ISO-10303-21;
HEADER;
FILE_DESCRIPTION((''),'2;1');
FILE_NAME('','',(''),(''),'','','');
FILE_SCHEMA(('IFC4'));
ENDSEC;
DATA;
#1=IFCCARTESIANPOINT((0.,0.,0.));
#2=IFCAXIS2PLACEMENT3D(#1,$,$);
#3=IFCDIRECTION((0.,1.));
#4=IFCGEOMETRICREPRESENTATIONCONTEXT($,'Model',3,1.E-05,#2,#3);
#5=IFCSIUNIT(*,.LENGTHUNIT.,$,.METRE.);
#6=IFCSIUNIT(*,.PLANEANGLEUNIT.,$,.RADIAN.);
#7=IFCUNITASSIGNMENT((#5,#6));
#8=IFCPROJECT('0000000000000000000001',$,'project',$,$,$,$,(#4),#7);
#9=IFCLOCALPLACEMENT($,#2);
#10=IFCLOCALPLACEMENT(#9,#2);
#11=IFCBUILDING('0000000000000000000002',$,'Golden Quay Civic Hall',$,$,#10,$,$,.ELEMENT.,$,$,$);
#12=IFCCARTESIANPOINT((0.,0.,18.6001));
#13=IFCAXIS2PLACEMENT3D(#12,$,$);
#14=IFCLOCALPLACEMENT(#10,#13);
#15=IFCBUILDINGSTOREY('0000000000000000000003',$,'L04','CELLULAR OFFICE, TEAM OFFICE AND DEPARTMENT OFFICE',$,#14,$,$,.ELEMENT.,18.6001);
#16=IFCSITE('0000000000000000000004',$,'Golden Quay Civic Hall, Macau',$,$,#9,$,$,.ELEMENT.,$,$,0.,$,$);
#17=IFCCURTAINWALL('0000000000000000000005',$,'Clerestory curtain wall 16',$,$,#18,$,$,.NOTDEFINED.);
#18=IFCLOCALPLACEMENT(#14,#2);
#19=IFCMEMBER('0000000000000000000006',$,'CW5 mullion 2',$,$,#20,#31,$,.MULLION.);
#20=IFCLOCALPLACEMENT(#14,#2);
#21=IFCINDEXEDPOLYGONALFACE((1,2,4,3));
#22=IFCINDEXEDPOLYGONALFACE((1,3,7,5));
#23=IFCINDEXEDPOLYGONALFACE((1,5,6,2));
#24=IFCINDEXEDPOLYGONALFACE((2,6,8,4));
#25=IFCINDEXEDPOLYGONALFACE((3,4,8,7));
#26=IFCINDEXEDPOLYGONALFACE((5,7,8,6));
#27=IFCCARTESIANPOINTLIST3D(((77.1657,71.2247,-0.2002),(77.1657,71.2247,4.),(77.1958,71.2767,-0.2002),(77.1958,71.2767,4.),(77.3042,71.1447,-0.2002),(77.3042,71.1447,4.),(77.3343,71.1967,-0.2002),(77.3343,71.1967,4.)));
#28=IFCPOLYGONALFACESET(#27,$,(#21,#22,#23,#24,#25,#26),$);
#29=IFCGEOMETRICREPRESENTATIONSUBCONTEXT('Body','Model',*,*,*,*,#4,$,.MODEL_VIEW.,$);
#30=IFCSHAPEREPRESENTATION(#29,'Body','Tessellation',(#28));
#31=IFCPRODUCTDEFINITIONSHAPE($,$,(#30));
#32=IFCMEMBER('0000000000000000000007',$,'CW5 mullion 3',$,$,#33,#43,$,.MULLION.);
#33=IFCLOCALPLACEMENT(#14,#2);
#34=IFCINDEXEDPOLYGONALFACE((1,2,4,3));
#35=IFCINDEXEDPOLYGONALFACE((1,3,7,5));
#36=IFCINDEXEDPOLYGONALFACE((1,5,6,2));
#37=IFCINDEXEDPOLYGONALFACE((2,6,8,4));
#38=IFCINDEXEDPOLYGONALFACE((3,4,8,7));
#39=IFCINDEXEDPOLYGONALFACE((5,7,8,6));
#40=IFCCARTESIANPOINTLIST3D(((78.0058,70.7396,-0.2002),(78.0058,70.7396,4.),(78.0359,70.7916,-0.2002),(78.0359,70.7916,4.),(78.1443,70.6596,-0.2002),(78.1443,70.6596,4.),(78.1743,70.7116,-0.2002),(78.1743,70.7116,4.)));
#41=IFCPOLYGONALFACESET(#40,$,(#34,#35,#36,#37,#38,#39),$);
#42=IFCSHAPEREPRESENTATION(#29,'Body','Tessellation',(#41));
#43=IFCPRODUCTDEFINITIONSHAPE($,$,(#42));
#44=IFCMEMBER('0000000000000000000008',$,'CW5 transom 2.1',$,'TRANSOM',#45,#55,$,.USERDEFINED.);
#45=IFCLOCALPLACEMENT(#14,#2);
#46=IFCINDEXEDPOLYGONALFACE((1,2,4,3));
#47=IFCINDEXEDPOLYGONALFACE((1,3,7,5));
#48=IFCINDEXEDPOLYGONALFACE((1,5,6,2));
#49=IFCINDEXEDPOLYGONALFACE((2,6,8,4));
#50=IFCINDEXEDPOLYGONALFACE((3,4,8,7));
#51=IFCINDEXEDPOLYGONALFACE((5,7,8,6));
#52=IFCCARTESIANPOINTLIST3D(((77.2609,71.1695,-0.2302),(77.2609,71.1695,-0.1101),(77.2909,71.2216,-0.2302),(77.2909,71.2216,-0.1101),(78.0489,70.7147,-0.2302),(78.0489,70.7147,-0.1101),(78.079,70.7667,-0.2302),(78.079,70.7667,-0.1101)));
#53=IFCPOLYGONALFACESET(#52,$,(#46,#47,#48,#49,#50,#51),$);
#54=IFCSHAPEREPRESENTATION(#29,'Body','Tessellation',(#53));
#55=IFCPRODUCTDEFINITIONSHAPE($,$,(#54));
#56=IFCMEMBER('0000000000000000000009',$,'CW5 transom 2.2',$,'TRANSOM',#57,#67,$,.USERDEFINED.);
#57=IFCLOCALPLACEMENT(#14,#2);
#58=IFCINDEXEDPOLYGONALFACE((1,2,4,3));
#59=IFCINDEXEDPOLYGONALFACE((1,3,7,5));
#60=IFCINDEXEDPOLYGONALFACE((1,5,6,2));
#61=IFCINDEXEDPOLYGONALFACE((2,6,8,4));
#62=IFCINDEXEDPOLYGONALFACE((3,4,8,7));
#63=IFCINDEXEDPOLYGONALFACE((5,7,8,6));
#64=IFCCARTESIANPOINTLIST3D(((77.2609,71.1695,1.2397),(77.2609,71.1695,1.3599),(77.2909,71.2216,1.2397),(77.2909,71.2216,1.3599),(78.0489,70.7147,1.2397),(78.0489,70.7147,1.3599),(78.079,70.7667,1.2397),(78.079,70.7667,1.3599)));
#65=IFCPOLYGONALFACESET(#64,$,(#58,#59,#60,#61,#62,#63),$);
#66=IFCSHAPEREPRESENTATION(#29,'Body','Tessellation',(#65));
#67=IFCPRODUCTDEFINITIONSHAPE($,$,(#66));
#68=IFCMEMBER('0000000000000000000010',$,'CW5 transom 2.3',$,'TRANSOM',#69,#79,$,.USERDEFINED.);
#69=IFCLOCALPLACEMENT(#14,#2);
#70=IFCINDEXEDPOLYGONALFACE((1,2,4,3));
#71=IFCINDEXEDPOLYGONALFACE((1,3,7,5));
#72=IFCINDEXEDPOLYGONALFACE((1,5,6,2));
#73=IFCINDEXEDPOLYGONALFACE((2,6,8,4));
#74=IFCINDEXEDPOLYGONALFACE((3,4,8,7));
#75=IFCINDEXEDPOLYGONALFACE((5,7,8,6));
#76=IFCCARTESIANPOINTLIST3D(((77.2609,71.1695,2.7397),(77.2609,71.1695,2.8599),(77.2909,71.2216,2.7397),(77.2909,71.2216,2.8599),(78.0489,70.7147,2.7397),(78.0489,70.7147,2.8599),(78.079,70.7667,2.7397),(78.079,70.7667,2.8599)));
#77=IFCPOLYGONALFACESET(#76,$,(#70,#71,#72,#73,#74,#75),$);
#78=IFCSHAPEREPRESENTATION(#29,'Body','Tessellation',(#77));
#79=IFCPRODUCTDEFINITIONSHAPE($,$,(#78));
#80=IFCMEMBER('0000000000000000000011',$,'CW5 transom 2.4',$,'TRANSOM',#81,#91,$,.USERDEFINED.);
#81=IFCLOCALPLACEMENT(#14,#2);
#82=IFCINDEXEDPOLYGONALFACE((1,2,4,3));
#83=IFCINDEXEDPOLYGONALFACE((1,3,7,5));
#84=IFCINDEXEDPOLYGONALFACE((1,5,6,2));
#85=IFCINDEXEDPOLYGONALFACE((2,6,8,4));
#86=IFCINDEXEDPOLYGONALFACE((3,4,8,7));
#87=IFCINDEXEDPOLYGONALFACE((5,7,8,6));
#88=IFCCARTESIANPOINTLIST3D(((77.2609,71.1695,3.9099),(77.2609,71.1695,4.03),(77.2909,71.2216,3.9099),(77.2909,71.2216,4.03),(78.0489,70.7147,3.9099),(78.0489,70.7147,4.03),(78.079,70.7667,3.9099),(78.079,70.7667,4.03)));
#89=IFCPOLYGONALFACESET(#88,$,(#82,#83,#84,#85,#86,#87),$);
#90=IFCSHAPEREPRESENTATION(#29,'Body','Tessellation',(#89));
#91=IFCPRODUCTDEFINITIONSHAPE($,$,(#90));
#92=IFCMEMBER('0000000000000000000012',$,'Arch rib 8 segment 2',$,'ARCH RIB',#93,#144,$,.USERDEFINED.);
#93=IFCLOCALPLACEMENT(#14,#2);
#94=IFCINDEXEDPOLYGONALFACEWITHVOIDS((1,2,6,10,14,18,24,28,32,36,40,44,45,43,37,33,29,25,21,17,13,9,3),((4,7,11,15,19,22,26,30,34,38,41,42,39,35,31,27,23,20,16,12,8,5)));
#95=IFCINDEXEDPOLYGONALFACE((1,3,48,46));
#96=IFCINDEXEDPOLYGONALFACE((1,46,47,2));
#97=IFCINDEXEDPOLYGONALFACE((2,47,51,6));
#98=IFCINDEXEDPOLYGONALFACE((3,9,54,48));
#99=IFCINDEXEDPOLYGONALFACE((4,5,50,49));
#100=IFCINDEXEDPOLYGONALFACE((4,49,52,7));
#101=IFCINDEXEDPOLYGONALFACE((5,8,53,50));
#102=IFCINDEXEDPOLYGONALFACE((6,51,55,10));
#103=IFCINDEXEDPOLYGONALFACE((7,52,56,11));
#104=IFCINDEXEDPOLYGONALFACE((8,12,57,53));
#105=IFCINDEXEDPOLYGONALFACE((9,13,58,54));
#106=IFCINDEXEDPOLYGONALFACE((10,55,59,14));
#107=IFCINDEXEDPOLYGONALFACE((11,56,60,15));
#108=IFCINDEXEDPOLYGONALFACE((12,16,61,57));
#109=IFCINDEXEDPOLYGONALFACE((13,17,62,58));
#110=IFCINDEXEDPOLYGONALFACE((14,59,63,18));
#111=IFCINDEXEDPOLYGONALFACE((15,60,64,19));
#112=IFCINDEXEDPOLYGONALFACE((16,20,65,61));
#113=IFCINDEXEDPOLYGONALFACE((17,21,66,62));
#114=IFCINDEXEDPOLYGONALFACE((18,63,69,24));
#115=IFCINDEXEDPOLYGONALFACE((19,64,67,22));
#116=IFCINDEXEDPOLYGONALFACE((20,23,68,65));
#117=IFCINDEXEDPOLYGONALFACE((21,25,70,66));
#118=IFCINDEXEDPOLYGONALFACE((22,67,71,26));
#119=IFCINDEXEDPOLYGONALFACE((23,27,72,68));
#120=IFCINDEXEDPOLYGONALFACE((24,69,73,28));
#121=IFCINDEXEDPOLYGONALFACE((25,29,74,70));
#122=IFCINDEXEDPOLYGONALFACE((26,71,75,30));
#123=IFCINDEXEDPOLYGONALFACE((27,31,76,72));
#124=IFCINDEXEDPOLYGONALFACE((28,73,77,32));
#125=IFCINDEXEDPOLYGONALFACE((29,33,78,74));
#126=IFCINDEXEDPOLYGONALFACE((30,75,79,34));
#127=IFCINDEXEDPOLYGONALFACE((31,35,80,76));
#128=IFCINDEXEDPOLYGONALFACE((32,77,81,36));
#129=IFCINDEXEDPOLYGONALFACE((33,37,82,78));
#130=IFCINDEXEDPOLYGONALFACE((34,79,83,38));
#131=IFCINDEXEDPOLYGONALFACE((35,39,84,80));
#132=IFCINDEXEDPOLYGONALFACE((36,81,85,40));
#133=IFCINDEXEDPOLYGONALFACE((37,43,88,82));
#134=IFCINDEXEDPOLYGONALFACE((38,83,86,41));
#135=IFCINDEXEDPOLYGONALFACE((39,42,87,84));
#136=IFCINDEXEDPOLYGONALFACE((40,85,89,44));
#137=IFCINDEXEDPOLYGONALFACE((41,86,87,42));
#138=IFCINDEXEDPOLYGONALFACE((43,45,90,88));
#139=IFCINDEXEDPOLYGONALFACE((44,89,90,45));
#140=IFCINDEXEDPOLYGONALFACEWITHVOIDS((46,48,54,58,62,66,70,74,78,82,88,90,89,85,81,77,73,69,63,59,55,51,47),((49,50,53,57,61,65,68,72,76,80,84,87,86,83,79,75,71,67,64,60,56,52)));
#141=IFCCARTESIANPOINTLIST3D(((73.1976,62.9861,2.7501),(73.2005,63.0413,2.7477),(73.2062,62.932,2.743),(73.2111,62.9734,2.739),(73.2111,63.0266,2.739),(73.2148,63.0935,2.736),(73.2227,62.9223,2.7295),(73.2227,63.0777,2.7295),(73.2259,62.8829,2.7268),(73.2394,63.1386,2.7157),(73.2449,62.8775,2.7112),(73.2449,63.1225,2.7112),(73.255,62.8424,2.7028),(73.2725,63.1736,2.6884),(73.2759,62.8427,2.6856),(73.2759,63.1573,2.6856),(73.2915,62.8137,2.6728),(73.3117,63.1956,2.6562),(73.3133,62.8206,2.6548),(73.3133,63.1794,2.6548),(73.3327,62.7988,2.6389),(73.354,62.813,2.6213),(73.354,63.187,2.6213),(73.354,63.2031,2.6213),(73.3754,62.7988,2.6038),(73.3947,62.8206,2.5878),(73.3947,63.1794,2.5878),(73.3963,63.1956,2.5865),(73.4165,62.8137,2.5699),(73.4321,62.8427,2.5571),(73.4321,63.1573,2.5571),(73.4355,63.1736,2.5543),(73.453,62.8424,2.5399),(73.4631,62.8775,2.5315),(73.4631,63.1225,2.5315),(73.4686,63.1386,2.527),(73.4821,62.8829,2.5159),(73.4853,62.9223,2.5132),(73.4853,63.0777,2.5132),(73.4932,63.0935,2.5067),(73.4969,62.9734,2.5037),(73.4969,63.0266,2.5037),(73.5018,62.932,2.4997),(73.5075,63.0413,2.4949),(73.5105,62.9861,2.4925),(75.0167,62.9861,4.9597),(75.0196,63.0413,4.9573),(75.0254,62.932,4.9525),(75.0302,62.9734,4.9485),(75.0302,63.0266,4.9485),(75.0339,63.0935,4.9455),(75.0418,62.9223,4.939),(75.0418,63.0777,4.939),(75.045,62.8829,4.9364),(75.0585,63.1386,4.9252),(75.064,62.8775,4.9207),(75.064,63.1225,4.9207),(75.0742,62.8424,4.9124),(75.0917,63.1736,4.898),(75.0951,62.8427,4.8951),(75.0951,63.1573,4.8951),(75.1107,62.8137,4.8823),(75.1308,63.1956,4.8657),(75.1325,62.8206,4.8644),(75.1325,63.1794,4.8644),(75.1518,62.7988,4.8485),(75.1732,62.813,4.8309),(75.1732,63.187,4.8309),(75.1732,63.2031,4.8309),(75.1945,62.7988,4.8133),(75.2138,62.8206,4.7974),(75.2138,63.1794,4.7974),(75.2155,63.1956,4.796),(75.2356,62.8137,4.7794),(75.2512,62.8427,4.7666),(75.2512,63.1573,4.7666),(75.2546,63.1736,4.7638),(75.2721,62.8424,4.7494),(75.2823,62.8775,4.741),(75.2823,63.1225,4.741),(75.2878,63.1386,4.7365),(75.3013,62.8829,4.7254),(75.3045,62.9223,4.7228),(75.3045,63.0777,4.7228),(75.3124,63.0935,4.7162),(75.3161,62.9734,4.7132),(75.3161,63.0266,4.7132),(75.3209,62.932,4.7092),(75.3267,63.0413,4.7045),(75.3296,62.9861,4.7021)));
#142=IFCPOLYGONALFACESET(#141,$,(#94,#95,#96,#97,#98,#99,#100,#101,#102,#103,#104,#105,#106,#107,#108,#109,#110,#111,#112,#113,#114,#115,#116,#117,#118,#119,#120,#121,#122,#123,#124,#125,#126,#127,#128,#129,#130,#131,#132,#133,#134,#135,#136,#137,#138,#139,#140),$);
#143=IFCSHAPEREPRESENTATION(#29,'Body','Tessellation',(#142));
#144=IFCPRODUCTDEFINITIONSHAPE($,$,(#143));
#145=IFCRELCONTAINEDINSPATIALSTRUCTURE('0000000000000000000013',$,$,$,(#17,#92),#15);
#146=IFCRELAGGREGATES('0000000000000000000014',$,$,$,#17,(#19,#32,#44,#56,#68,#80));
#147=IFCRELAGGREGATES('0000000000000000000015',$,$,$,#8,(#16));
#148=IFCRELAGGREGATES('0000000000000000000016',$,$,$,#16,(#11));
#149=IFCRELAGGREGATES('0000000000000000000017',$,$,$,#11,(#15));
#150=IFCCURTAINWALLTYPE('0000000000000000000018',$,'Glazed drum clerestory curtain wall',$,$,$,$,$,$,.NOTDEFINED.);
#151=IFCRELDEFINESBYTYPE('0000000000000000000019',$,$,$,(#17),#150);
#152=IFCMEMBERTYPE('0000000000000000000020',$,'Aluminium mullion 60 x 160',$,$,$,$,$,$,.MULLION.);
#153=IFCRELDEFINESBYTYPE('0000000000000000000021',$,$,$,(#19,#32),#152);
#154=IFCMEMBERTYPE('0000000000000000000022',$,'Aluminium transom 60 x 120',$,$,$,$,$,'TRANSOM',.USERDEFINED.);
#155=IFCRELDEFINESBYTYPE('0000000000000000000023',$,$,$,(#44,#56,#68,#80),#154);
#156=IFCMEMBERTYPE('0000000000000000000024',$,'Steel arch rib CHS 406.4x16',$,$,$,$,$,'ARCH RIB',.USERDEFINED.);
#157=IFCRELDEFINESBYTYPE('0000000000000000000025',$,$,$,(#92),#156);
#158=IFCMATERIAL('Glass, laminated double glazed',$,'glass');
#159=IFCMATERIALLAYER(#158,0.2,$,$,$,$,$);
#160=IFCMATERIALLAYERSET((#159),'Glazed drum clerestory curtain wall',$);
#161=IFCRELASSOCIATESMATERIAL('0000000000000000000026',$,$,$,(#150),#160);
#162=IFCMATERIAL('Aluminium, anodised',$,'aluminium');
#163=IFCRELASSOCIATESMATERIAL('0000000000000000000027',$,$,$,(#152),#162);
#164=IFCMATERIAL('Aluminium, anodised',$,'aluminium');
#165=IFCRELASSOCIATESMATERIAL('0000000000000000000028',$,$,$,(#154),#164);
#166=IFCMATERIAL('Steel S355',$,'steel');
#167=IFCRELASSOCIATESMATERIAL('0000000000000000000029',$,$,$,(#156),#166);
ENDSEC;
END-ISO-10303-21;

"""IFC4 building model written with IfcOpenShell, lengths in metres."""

from ifc_helpers import new_model, si_unit, direction, frame, origin, origin_2d, place, context, subcontext, project, spatial, rectangle, hollow_circle, extrude, material, layer, layer_set, material_profile, profile_set, type_object, element, aggregate, save


model = new_model("IFC4")

# Units and contexts
model_context = context("Model", 3, precision=1e-05, world=origin(), true_north=direction((0.0, 1.0)))
body_context = subcontext(model_context, "Body", "Model", "MODEL_VIEW")
ifc_project = project(units=[si_unit("LENGTHUNIT", "METRE"), si_unit("PLANEANGLEUNIT", "RADIAN")], contexts=[model_context])

# Site, building, storey
site_placement = place(None, origin())
site = spatial("IfcSite", under=ifc_project, at=site_placement, Name="Golden Quay Civic Hall, Macau", CompositionType="ELEMENT", RefElevation=0.0)
building_placement = place(site_placement, origin())
building = spatial("IfcBuilding", under=site, at=building_placement, Name="Golden Quay Civic Hall", CompositionType="ELEMENT")
storey_placement = place(building_placement, frame((0.0, 0.0, 18.6001)))
storey = spatial("IfcBuildingStorey", under=building, at=storey_placement, Name="L04", Description="CELLULAR OFFICE, TEAM OFFICE AND DEPARTMENT OFFICE", CompositionType="ELEMENT", Elevation=18.6001)

# Curtain wall, members
ifc_material_1 = material(Name="Glass, laminated double glazed", Category="glass")
ifc_layer_1 = layer(ifc_material_1, 0.2)
ifc_layer_set_1 = layer_set([ifc_layer_1], Name="Glazed drum clerestory curtain wall")
curtain_wall_type_1 = type_object("IfcCurtainWallType", Name="Glazed drum clerestory curtain wall", PredefinedType="NOTDEFINED", material=ifc_layer_set_1)
curtain_wall_1_placement = place(storey_placement, origin())
curtain_wall_1 = element("IfcCurtainWall", 1, at=curtain_wall_1_placement, inside=storey, type_object=curtain_wall_type_1, Name="Clerestory curtain wall 16", PredefinedType="NOTDEFINED")
ifc_material_2 = material(Name="Aluminium, anodised", Category="aluminium")
ifc_material_profile_1 = material_profile(ifc_material_2, rectangle(XDim=0.0601, YDim=0.1599, at=origin_2d()), Name="Aluminium 60 x 160")
ifc_profile_set_1 = profile_set([ifc_material_profile_1], Name="Aluminium, anodised")
member_type_1 = type_object("IfcMemberType", Name="Aluminium mullion 60 x 160", PredefinedType="MULLION", material=ifc_profile_set_1)
member_1_placement = place(storey_placement, frame((77.25, 71.2107, -0.2002), z_axis=(0.0, 0.0, 1.0), x_axis=(0.500011, 0.866019, 0.0)))
member_1 = element("IfcMember", 2, at=member_1_placement, type_object=member_type_1, Name="CW5 mullion 2", PredefinedType="MULLION", context=body_context, shape_type="SweptSolid", body=[
    extrude(rectangle(XDim=0.0601, YDim=0.1599, at=origin_2d()), origin(), (0.0, 0.0, 1.0), 4.2002),
])
member_2_placement = place(storey_placement, frame((78.0901, 70.7256, -0.2002), z_axis=(0.0, 0.0, 1.0), x_axis=(0.500011, 0.866019, 0.0)))
member_2 = element("IfcMember", 3, at=member_2_placement, type_object=member_type_1, Name="CW5 mullion 3", PredefinedType="MULLION", context=body_context, shape_type="SweptSolid", body=[
    extrude(rectangle(XDim=0.0601, YDim=0.1599, at=origin_2d()), origin(), (0.0, 0.0, 1.0), 4.2002),
])
ifc_material_3 = material(Name="Aluminium, anodised", Category="aluminium")
ifc_material_profile_2 = material_profile(ifc_material_3, rectangle(XDim=0.0601, YDim=0.1201, at=origin_2d()), Name="Aluminium 60 x 120")
ifc_profile_set_2 = profile_set([ifc_material_profile_2], Name="Aluminium, anodised")
member_type_2 = type_object("IfcMemberType", Name="Aluminium transom 60 x 120", ElementType="TRANSOM", PredefinedType="USERDEFINED", material=ifc_profile_set_2)
member_3_placement = place(storey_placement, frame((77.2759, 71.1956, -0.1702), z_axis=(0.866105, -0.499862, 0.0), x_axis=(0.499862, 0.866105, 0.0)))
member_3 = element("IfcMember", 4, at=member_3_placement, type_object=member_type_2, Name="CW5 transom 2.1", ObjectType="TRANSOM", PredefinedType="USERDEFINED", context=body_context, shape_type="SweptSolid", body=[
    extrude(rectangle(XDim=0.0601, YDim=0.1201, at=origin_2d()), origin(), (0.0, 0.0, 1.0), 0.9099),
])
member_4_placement = place(storey_placement, frame((77.2759, 71.1956, 1.2998), z_axis=(0.866105, -0.499862, 0.0), x_axis=(0.499862, 0.866105, 0.0)))
member_4 = element("IfcMember", 5, at=member_4_placement, type_object=member_type_2, Name="CW5 transom 2.2", ObjectType="TRANSOM", PredefinedType="USERDEFINED", context=body_context, shape_type="SweptSolid", body=[
    extrude(rectangle(XDim=0.0601, YDim=0.1201, at=origin_2d()), origin(), (0.0, 0.0, 1.0), 0.9099),
])
member_5_placement = place(storey_placement, frame((77.2759, 71.1956, 2.7998), z_axis=(0.866105, -0.499862, 0.0), x_axis=(0.499862, 0.866105, 0.0)))
member_5 = element("IfcMember", 6, at=member_5_placement, type_object=member_type_2, Name="CW5 transom 2.3", ObjectType="TRANSOM", PredefinedType="USERDEFINED", context=body_context, shape_type="SweptSolid", body=[
    extrude(rectangle(XDim=0.0601, YDim=0.1201, at=origin_2d()), origin(), (0.0, 0.0, 1.0), 0.9099),
])
member_6_placement = place(storey_placement, frame((77.2759, 71.1956, 3.97), z_axis=(0.866105, -0.499862, 0.0), x_axis=(0.499862, 0.866105, 0.0)))
member_6 = element("IfcMember", 7, at=member_6_placement, type_object=member_type_2, Name="CW5 transom 2.4", ObjectType="TRANSOM", PredefinedType="USERDEFINED", context=body_context, shape_type="SweptSolid", body=[
    extrude(rectangle(XDim=0.0601, YDim=0.1201, at=origin_2d()), origin(), (0.0, 0.0, 1.0), 0.9099),
])

# Member
ifc_material_4 = material(Name="Steel S355", Category="steel")
ifc_material_profile_3 = material_profile(ifc_material_4, hollow_circle(Radius=0.2031, WallThickness=0.0161, at=origin_2d()), Name="CHS 406.4x16")
ifc_profile_set_3 = profile_set([ifc_material_profile_3], Name="Steel S355")
member_type_3 = type_object("IfcMemberType", Name="Steel arch rib CHS 406.4x16", ElementType="ARCH RIB", PredefinedType="USERDEFINED", material=ifc_profile_set_3)
member_7_placement = place(storey_placement, frame((73.354, 63.0, 2.6213), z_axis=(0.635609, 0.0, 0.772011), x_axis=(0.0, 1.0, 0.0)))
element("IfcMember", 8, at=member_7_placement, inside=storey, type_object=member_type_3, Name="Arch rib 8 segment 2", ObjectType="ARCH RIB", PredefinedType="USERDEFINED", context=body_context, shape_type="SweptSolid", body=[
    extrude(hollow_circle(Radius=0.2031, WallThickness=0.0161, at=origin_2d()), origin(), (0.0, 0.0, 1.0), 2.8621),
])

aggregate(curtain_wall_1, [member_1, member_2, member_3, member_4, member_5, member_6])

save(model, "model.ifc")
